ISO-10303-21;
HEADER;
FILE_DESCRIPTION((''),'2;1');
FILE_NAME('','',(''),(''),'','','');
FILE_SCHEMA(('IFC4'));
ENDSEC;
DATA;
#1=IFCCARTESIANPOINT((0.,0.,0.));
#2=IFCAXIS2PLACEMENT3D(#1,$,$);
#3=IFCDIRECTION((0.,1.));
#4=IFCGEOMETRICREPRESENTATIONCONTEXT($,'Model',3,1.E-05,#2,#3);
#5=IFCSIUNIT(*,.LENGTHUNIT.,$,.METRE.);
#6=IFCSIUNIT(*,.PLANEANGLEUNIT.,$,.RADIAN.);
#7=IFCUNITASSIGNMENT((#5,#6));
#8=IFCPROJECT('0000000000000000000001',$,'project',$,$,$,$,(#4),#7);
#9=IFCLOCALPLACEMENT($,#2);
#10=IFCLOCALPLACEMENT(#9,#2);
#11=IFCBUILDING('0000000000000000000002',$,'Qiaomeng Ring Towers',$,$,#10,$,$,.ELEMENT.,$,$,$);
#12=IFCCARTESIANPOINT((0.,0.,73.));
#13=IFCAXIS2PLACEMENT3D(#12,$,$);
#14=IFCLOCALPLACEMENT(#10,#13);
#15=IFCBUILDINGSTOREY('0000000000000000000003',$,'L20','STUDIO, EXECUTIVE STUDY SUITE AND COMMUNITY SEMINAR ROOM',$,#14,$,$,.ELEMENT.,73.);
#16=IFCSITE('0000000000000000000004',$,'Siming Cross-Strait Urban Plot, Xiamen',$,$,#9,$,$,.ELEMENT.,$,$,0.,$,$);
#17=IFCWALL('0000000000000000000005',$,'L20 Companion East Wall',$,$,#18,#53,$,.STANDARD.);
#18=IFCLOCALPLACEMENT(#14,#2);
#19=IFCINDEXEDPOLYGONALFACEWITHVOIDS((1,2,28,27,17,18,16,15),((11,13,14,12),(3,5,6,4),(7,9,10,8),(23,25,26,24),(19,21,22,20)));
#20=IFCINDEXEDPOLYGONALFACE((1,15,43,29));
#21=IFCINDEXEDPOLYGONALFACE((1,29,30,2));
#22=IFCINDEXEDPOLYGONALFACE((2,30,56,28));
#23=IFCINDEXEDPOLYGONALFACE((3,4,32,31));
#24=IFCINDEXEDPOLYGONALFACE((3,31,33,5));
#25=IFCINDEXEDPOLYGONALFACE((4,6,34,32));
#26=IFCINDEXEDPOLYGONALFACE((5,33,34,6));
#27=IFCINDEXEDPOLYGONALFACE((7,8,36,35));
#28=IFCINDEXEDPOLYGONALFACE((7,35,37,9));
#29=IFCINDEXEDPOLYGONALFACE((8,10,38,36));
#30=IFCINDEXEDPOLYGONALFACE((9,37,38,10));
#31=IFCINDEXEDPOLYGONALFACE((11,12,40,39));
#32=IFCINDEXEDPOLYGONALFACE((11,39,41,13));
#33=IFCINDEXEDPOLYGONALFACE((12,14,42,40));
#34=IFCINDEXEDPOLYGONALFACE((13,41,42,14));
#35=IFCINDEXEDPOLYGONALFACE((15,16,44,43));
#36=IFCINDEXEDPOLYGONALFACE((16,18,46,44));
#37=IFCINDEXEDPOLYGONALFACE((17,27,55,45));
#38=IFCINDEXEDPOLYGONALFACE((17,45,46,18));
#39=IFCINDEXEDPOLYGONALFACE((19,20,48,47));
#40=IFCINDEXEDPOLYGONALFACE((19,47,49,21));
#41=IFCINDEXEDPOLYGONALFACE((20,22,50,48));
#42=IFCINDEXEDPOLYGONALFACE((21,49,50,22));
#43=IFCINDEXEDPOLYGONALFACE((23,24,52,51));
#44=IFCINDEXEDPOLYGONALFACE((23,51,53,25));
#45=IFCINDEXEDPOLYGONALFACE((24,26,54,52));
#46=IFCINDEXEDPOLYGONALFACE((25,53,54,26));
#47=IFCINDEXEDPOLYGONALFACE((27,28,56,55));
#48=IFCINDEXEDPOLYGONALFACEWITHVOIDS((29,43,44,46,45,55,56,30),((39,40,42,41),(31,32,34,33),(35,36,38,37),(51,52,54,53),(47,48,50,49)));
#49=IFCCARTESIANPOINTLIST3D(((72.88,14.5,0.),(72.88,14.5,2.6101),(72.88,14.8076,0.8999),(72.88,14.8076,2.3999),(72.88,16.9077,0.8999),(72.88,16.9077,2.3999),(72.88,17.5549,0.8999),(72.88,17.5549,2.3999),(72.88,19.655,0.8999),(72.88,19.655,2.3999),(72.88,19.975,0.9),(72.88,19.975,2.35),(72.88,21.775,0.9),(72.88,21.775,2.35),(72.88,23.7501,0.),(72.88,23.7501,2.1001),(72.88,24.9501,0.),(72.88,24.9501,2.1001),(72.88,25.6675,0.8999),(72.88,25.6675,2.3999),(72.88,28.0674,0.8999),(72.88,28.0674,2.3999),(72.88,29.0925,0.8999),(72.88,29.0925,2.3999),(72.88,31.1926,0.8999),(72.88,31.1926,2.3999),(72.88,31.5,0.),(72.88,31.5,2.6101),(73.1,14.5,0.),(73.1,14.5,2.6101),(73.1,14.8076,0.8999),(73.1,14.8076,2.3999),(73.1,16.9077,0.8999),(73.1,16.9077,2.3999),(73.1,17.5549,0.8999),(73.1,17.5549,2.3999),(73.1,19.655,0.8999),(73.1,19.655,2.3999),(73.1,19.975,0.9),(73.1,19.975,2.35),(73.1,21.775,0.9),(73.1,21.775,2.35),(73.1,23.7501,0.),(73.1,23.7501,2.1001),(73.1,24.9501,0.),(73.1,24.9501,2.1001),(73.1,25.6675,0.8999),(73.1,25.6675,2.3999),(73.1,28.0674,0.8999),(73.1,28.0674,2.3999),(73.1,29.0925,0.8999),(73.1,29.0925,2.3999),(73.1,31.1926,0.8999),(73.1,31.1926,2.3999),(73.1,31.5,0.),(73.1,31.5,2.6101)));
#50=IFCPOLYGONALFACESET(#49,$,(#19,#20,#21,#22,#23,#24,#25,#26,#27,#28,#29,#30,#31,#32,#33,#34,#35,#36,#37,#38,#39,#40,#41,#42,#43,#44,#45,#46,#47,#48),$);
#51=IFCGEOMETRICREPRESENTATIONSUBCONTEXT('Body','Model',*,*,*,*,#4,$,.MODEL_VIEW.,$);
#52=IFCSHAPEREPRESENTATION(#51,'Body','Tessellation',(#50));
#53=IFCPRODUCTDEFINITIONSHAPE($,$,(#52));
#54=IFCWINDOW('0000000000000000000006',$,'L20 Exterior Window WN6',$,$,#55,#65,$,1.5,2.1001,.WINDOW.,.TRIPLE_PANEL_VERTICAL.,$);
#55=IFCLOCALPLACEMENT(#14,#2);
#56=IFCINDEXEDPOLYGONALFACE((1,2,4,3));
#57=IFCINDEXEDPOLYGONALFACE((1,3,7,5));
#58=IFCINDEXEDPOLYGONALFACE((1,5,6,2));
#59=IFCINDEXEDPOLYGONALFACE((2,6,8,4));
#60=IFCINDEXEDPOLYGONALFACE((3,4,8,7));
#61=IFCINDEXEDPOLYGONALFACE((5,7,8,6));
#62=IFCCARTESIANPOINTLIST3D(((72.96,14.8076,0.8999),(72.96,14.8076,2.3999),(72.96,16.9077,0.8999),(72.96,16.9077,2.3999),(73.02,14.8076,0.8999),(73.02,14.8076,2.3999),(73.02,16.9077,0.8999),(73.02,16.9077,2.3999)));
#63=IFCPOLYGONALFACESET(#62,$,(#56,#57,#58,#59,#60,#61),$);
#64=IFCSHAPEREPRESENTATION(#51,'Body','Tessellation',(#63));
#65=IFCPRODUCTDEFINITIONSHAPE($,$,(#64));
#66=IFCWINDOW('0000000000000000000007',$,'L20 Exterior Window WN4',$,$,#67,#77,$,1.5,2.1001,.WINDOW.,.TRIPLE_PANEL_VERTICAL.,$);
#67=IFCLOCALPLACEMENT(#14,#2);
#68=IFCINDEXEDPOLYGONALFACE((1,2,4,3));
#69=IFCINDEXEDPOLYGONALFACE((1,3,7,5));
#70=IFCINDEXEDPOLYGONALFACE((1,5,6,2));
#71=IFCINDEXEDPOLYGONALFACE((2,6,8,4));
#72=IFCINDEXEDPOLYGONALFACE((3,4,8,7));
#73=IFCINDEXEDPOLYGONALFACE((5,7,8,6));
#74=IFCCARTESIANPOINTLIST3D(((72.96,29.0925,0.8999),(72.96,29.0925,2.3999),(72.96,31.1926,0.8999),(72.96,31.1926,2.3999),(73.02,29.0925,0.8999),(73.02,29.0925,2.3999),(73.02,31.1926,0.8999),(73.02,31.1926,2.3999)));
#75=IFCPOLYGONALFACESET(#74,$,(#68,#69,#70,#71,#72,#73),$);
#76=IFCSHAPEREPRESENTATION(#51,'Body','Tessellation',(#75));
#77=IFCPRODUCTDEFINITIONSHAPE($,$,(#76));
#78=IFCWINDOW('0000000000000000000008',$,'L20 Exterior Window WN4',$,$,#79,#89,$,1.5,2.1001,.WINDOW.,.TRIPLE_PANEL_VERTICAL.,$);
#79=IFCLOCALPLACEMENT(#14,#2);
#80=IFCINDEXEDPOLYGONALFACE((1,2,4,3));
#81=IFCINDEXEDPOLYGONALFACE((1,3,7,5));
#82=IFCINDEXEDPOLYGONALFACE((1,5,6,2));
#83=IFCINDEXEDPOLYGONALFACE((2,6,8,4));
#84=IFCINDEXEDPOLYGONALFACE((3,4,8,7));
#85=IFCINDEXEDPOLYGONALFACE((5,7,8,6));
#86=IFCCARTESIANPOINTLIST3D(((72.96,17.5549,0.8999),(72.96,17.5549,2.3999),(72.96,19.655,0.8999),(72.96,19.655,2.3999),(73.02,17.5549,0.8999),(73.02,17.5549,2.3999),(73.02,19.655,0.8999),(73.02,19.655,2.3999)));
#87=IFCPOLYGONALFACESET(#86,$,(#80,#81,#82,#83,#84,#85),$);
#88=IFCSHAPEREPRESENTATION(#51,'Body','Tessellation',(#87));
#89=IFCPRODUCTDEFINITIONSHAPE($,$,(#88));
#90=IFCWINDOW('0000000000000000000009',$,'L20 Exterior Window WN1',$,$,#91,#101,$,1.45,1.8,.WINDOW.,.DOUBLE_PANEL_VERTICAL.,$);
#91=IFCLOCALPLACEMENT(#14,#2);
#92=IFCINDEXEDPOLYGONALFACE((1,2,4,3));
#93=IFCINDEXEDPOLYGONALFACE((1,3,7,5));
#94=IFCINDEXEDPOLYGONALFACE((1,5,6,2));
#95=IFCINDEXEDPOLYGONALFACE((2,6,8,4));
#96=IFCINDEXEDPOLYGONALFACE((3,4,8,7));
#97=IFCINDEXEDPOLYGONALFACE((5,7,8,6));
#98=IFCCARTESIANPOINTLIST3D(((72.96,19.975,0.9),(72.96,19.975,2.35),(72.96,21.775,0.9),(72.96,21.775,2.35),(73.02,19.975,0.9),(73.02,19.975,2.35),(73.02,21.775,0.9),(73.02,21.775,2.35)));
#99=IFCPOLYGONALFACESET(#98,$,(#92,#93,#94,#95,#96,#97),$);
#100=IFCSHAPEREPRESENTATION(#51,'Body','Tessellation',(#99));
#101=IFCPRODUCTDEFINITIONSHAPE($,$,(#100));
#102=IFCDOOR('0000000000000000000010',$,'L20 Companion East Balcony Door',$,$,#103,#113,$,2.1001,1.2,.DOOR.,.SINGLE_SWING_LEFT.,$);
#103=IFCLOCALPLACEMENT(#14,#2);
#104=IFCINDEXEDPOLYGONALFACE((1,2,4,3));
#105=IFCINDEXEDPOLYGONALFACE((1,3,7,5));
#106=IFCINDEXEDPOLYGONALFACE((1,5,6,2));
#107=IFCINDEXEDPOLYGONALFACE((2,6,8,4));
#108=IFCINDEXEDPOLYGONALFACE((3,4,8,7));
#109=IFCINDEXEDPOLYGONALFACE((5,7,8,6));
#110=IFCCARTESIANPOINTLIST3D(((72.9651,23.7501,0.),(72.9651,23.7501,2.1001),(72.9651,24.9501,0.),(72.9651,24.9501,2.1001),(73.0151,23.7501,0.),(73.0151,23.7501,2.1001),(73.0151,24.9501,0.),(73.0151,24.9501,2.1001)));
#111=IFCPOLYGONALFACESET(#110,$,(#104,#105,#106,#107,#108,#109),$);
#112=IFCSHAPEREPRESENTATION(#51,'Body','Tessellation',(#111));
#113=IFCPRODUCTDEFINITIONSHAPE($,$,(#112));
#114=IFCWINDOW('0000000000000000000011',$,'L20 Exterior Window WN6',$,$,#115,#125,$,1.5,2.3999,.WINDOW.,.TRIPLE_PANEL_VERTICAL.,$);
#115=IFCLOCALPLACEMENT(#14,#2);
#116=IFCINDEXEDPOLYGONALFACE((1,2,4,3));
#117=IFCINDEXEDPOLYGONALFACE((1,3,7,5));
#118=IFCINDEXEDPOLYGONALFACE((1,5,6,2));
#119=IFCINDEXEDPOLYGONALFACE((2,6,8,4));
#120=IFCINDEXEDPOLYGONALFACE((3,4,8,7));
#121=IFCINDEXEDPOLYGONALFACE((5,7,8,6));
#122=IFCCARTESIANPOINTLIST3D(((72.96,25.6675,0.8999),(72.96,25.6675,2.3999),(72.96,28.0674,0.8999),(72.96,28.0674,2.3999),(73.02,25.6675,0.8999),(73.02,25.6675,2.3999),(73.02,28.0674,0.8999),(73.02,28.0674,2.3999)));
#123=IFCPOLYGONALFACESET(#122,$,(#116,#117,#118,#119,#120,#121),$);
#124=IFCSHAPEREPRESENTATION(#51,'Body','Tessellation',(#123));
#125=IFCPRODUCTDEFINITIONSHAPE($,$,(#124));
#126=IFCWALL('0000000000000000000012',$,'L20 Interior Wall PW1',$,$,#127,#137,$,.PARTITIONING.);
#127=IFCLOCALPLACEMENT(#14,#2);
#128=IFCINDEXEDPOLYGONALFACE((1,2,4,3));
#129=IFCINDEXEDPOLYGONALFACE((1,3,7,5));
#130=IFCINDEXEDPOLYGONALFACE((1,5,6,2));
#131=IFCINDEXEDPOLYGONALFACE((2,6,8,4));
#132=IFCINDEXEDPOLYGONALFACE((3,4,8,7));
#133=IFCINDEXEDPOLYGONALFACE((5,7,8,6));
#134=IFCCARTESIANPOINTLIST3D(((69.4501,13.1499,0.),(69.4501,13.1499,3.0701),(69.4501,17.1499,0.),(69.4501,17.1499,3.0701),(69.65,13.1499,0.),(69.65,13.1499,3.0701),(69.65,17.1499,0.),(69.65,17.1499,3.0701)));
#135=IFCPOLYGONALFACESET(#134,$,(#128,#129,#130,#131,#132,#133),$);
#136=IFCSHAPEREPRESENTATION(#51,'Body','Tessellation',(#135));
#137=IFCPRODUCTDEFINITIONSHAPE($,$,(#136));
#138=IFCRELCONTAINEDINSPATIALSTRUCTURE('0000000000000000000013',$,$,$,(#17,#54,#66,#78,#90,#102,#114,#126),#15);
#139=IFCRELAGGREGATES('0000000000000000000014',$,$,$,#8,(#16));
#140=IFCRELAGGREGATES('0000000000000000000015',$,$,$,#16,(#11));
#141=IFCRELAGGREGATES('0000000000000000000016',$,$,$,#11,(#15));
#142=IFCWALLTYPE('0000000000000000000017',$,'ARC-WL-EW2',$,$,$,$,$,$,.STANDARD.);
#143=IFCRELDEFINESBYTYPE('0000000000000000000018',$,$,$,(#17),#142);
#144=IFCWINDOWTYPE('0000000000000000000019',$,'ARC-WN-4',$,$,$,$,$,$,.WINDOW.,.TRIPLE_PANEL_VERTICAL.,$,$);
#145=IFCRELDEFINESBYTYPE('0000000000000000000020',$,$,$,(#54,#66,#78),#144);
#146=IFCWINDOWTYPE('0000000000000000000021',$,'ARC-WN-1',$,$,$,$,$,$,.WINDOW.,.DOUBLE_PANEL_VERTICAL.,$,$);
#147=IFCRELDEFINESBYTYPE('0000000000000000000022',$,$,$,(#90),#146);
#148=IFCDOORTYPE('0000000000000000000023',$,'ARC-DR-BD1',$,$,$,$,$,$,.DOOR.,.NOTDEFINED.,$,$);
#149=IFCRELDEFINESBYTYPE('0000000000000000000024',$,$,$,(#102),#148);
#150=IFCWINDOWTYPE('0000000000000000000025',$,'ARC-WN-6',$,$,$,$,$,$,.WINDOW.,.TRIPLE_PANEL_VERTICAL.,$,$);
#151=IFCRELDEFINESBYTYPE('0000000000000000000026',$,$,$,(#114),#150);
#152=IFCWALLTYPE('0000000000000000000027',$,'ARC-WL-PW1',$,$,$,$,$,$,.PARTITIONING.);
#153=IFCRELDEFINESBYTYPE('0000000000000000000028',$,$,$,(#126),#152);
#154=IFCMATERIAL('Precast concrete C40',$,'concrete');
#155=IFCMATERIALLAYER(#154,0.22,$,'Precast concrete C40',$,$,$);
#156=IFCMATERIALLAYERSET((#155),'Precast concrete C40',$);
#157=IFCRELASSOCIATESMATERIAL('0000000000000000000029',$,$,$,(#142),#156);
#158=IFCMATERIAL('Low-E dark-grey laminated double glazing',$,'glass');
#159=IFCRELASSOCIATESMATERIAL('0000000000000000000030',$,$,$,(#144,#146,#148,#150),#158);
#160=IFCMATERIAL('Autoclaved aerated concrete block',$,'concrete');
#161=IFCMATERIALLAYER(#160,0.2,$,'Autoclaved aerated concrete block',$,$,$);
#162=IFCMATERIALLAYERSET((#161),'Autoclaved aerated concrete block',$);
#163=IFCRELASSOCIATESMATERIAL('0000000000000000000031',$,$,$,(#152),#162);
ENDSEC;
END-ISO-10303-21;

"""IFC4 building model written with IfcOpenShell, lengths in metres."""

from ifc_helpers import new_model, si_unit, direction, frame, frame_2d, origin, place, context, subcontext, project, spatial, rectangle, extrude, source, transform, mapped, material, layer, layer_set, type_object, element, fill, save


model = new_model("IFC4")

# Units and contexts
model_context = context("Model", 3, precision=1e-05, world=origin(), true_north=direction((0.0, 1.0)))
body_context = subcontext(model_context, "Body", "Model", "MODEL_VIEW")
ifc_project = project(units=[si_unit("LENGTHUNIT", "METRE"), si_unit("PLANEANGLEUNIT", "RADIAN")], contexts=[model_context])

# Site, building, storey
site_placement = place(None, origin())
site = spatial("IfcSite", under=ifc_project, at=site_placement, Name="Siming Cross-Strait Urban Plot, Xiamen", CompositionType="ELEMENT", RefElevation=0.0)
building_placement = place(site_placement, origin())
building = spatial("IfcBuilding", under=site, at=building_placement, Name="Qiaomeng Ring Towers", CompositionType="ELEMENT")
storey_placement = place(building_placement, frame((0.0, 0.0, 73.0)))
storey = spatial("IfcBuildingStorey", under=building, at=storey_placement, Name="L20", Description="STUDIO, EXECUTIVE STUDY SUITE AND COMMUNITY SEMINAR ROOM", CompositionType="ELEMENT", Elevation=73.0)

# Shared definitions
ifc_material_1 = material(Name="Low-E dark-grey laminated double glazing", Category="glass")

# Wall, openings, windows, door
ifc_material_2 = material(Name="Precast concrete C40", Category="concrete")
ifc_layer_1 = layer(ifc_material_2, 0.22, Name="Precast concrete C40")
ifc_layer_set_1 = layer_set([ifc_layer_1], Name="Precast concrete C40")
wall_type_1 = type_object("IfcWallType", Name="ARC-WL-EW2", PredefinedType="STANDARD", material=ifc_layer_set_1)
wall_1_placement = place(storey_placement, frame((72.99, 14.5, 0.0), z_axis=(0.0, 0.0, 1.0), x_axis=(0.0, 1.0, 0.0)))
wall_1 = element("IfcWall", 1, at=wall_1_placement, inside=storey, type_object=wall_type_1, Name="L20 Companion East Wall", PredefinedType="STANDARD", context=body_context, shape_type="SweptSolid", body=[
    extrude(rectangle(XDim=17.0, YDim=0.22, at=frame_2d((8.5, 0.0))), origin(), (0.0, 0.0, 1.0), 2.6101),
])
opening_1_placement = place(wall_1_placement, frame((9.25, 0.0, 0.0)))
opening_1 = element("IfcOpeningElement", 2, at=opening_1_placement, cuts=wall_1, PredefinedType="OPENING", context=body_context, shape_type="SweptSolid", body=[
    extrude(rectangle(XDim=1.2, YDim=2.1001, at=frame_2d((0.6001, 1.05))), frame((0.0, 0.1199, 0.0), z_axis=(0.0, -1.0, 0.0), x_axis=(1.0, 0.0, 0.0)), (0.0, 0.0, 1.0), 0.24),
])
opening_2_placement = place(wall_1_placement, frame((0.3076, 0.0, 0.8999)))
opening_2 = element("IfcOpeningElement", 3, at=opening_2_placement, cuts=wall_1, PredefinedType="OPENING", context=body_context, shape_type="SweptSolid", body=[
    extrude(rectangle(XDim=2.1001, YDim=1.5, at=frame_2d((1.05, 0.75))), frame((0.0, 0.1199, 0.0), z_axis=(0.0, -1.0, 0.0), x_axis=(1.0, 0.0, 0.0)), (0.0, 0.0, 1.0), 0.24),
])
opening_3_placement = place(wall_1_placement, frame((5.4751, 0.0, 0.8999)))
opening_3 = element("IfcOpeningElement", 4, at=opening_3_placement, cuts=wall_1, PredefinedType="OPENING", context=body_context, shape_type="SweptSolid", body=[
    extrude(rectangle(XDim=1.8, YDim=1.45, at=frame_2d((0.8999, 0.7251))), frame((0.0, 0.1199, 0.0), z_axis=(0.0, -1.0, 0.0), x_axis=(1.0, 0.0, 0.0)), (0.0, 0.0, 1.0), 0.24),
])
opening_4_placement = place(wall_1_placement, frame((14.5925, 0.0, 0.8999)))
opening_4 = element("IfcOpeningElement", 5, at=opening_4_placement, cuts=wall_1, PredefinedType="OPENING", context=body_context, shape_type="SweptSolid", body=[
    extrude(rectangle(XDim=2.1001, YDim=1.5, at=frame_2d((1.05, 0.75))), frame((0.0, 0.1199, 0.0), z_axis=(0.0, -1.0, 0.0), x_axis=(1.0, 0.0, 0.0)), (0.0, 0.0, 1.0), 0.24),
])
opening_5_placement = place(wall_1_placement, frame((3.0549, 0.0, 0.8999)))
opening_5 = element("IfcOpeningElement", 6, at=opening_5_placement, cuts=wall_1, PredefinedType="OPENING", context=body_context, shape_type="SweptSolid", body=[
    extrude(rectangle(XDim=2.1001, YDim=1.5, at=frame_2d((1.05, 0.75))), frame((0.0, 0.1199, 0.0), z_axis=(0.0, -1.0, 0.0), x_axis=(1.0, 0.0, 0.0)), (0.0, 0.0, 1.0), 0.24),
])
opening_6_placement = place(wall_1_placement, frame((11.1675, 0.0, 0.8999)))
opening_6 = element("IfcOpeningElement", 7, at=opening_6_placement, cuts=wall_1, PredefinedType="OPENING", context=body_context, shape_type="SweptSolid", body=[
    extrude(rectangle(XDim=2.3999, YDim=1.5, at=frame_2d((1.2, 0.75))), frame((0.0, 0.1199, 0.0), z_axis=(0.0, -1.0, 0.0), x_axis=(1.0, 0.0, 0.0)), (0.0, 0.0, 1.0), 0.24),
])
window_type_1 = type_object("IfcWindowType", Name="ARC-WN-4", PartitioningType="TRIPLE_PANEL_VERTICAL", PredefinedType="WINDOW", material=ifc_material_1)
shared_shape_1 = source(origin(), body_context, "Body", "SweptSolid", [
    extrude(rectangle(XDim=2.1001, YDim=1.5, at=frame_2d((1.05, 0.75))), frame((0.0, 0.03, 0.0), z_axis=(0.0, -1.0, 0.0), x_axis=(1.0, 0.0, 0.0)), (0.0, 0.0, 1.0), 0.0601),
])
window_1_placement = place(opening_2_placement, origin())
window_1 = element("IfcWindow", 8, at=window_1_placement, inside=storey, type_object=window_type_1, Name="L20 Exterior Window WN6", OverallHeight=1.5, OverallWidth=2.1001, PartitioningType="TRIPLE_PANEL_VERTICAL", PredefinedType="WINDOW", context=body_context, shape_type="MappedRepresentation", body=[
    mapped(shared_shape_1, transform((0.0, 0.0, 0.0), x_axis=(1.0, 0.0, 0.0), y_axis=(0.0, 1.0, 0.0), z_axis=(0.0, 0.0, 1.0), scale=1.0)),
])
fill(opening_2, window_1)
window_2_placement = place(opening_4_placement, origin())
window_2 = element("IfcWindow", 9, at=window_2_placement, inside=storey, type_object=window_type_1, Name="L20 Exterior Window WN4", OverallHeight=1.5, OverallWidth=2.1001, PartitioningType="TRIPLE_PANEL_VERTICAL", PredefinedType="WINDOW", context=body_context, shape_type="MappedRepresentation", body=[
    mapped(shared_shape_1, transform((0.0, 0.0, 0.0), x_axis=(1.0, 0.0, 0.0), y_axis=(0.0, 1.0, 0.0), z_axis=(0.0, 0.0, 1.0), scale=1.0)),
])
fill(opening_4, window_2)
window_3_placement = place(opening_5_placement, origin())
window_3 = element("IfcWindow", 10, at=window_3_placement, inside=storey, type_object=window_type_1, Name="L20 Exterior Window WN4", OverallHeight=1.5, OverallWidth=2.1001, PartitioningType="TRIPLE_PANEL_VERTICAL", PredefinedType="WINDOW", context=body_context, shape_type="MappedRepresentation", body=[
    mapped(shared_shape_1, transform((0.0, 0.0, 0.0), x_axis=(1.0, 0.0, 0.0), y_axis=(0.0, 1.0, 0.0), z_axis=(0.0, 0.0, 1.0), scale=1.0)),
])
fill(opening_5, window_3)
window_type_2 = type_object("IfcWindowType", Name="ARC-WN-1", PartitioningType="DOUBLE_PANEL_VERTICAL", PredefinedType="WINDOW", material=ifc_material_1)
shared_shape_2 = source(origin(), body_context, "Body", "SweptSolid", [
    extrude(rectangle(XDim=1.8, YDim=1.45, at=frame_2d((0.8999, 0.7251))), frame((0.0, 0.03, 0.0), z_axis=(0.0, -1.0, 0.0), x_axis=(1.0, 0.0, 0.0)), (0.0, 0.0, 1.0), 0.0601),
])
window_4_placement = place(opening_3_placement, origin())
window_4 = element("IfcWindow", 11, at=window_4_placement, inside=storey, type_object=window_type_2, Name="L20 Exterior Window WN1", OverallHeight=1.45, OverallWidth=1.8, PartitioningType="DOUBLE_PANEL_VERTICAL", PredefinedType="WINDOW", context=body_context, shape_type="MappedRepresentation", body=[
    mapped(shared_shape_2, transform((0.0, 0.0, 0.0), x_axis=(1.0, 0.0, 0.0), y_axis=(0.0, 1.0, 0.0), z_axis=(0.0, 0.0, 1.0), scale=1.0)),
])
fill(opening_3, window_4)
door_type_1 = type_object("IfcDoorType", Name="ARC-DR-BD1", OperationType="NOTDEFINED", PredefinedType="DOOR", material=ifc_material_1)
shared_shape_3 = source(origin(), body_context, "Body", "SweptSolid", [
    extrude(rectangle(XDim=1.2, YDim=2.1001, at=frame_2d((0.6001, 1.05))), frame((0.0, 0.0249, 0.0), z_axis=(0.0, -1.0, 0.0), x_axis=(1.0, 0.0, 0.0)), (0.0, 0.0, 1.0), 0.05),
])
door_1_placement = place(opening_1_placement, origin())
door_1 = element("IfcDoor", 12, at=door_1_placement, inside=storey, type_object=door_type_1, Name="L20 Companion East Balcony Door", OperationType="SINGLE_SWING_LEFT", OverallHeight=2.1001, OverallWidth=1.2, PredefinedType="DOOR", context=body_context, shape_type="MappedRepresentation", body=[
    mapped(shared_shape_3, transform((0.0, 0.0, 0.0), x_axis=(1.0, 0.0, 0.0), y_axis=(0.0, 1.0, 0.0), z_axis=(0.0, 0.0, 1.0), scale=1.0)),
])
fill(opening_1, door_1)
window_type_3 = type_object("IfcWindowType", Name="ARC-WN-6", PartitioningType="TRIPLE_PANEL_VERTICAL", PredefinedType="WINDOW", material=ifc_material_1)
shared_shape_4 = source(origin(), body_context, "Body", "SweptSolid", [
    extrude(rectangle(XDim=2.3999, YDim=1.5, at=frame_2d((1.2, 0.75))), frame((0.0, 0.03, 0.0), z_axis=(0.0, -1.0, 0.0), x_axis=(1.0, 0.0, 0.0)), (0.0, 0.0, 1.0), 0.0601),
])
window_5_placement = place(opening_6_placement, origin())
window_5 = element("IfcWindow", 13, at=window_5_placement, inside=storey, type_object=window_type_3, Name="L20 Exterior Window WN6", OverallHeight=1.5, OverallWidth=2.3999, PartitioningType="TRIPLE_PANEL_VERTICAL", PredefinedType="WINDOW", context=body_context, shape_type="MappedRepresentation", body=[
    mapped(shared_shape_4, transform((0.0, 0.0, 0.0), x_axis=(1.0, 0.0, 0.0), y_axis=(0.0, 1.0, 0.0), z_axis=(0.0, 0.0, 1.0), scale=1.0)),
])
fill(opening_6, window_5)

# Wall
ifc_material_3 = material(Name="Autoclaved aerated concrete block", Category="concrete")
ifc_layer_2 = layer(ifc_material_3, 0.2, Name="Autoclaved aerated concrete block")
ifc_layer_set_2 = layer_set([ifc_layer_2], Name="Autoclaved aerated concrete block")
wall_type_2 = type_object("IfcWallType", Name="ARC-WL-PW1", PredefinedType="PARTITIONING", material=ifc_layer_set_2)
wall_2_placement = place(storey_placement, frame((69.55, 13.1499, 0.0), z_axis=(0.0, 0.0, 1.0), x_axis=(0.0, 1.0, 0.0)))
element("IfcWall", 14, at=wall_2_placement, inside=storey, type_object=wall_type_2, Name="L20 Interior Wall PW1", PredefinedType="PARTITIONING", context=body_context, shape_type="SweptSolid", body=[
    extrude(rectangle(XDim=4.0, YDim=0.2, at=frame_2d((2.0, 0.0))), origin(), (0.0, 0.0, 1.0), 3.0701),
])

save(model, "model.ifc")
